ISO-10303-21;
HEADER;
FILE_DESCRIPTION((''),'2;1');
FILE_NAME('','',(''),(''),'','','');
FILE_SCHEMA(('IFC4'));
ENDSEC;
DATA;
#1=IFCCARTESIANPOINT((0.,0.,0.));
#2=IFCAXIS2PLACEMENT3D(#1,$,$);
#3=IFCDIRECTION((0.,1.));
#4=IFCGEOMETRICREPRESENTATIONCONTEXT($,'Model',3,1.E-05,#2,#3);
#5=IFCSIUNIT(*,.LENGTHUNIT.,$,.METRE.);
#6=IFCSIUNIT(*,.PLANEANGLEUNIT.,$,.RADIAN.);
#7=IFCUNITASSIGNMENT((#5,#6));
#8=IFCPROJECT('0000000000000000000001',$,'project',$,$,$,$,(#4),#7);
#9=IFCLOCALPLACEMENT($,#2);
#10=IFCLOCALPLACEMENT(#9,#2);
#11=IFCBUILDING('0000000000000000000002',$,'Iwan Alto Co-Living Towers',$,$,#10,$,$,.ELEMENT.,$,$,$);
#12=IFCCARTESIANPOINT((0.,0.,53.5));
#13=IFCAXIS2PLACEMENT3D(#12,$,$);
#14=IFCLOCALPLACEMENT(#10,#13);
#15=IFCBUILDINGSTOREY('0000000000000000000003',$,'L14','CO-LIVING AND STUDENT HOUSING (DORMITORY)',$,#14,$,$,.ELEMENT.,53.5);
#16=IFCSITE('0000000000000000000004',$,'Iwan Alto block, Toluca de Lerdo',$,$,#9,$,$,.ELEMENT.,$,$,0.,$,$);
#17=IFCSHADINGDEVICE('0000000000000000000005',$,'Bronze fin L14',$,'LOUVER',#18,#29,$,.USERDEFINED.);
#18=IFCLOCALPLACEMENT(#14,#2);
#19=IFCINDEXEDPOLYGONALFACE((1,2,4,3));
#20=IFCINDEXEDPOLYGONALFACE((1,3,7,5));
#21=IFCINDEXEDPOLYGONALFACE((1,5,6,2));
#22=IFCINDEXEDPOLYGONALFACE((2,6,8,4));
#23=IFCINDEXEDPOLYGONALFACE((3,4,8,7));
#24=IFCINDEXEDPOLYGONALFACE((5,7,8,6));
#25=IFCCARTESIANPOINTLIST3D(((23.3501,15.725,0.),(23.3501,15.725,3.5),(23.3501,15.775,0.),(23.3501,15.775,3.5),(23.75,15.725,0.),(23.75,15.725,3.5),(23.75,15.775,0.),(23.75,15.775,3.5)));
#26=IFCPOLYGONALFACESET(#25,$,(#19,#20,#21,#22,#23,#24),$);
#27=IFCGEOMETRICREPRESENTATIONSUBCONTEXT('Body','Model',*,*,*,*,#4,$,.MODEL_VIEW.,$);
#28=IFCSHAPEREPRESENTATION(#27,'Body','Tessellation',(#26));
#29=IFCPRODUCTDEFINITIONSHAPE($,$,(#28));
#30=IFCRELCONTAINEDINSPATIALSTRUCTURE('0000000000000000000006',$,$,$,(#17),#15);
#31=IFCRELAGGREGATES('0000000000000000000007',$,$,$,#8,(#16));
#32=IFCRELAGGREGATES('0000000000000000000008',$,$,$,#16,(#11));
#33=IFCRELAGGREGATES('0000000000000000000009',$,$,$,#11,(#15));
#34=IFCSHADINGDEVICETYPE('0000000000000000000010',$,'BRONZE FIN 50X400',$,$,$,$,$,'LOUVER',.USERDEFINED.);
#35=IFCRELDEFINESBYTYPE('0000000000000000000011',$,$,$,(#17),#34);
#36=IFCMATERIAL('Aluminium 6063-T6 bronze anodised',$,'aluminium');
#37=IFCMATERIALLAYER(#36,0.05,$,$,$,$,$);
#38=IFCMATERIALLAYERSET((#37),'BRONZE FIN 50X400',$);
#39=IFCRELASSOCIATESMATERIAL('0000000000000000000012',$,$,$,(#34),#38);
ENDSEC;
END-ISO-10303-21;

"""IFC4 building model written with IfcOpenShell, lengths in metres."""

from ifc_helpers import new_model, si_unit, direction, frame, origin, origin_2d, place, context, subcontext, project, spatial, rectangle, extrude, material, layer, layer_set, type_object, element, save


model = new_model("IFC4")

# Units and contexts
model_context = context("Model", 3, precision=1e-05, world=origin(), true_north=direction((0.0, 1.0)))
body_context = subcontext(model_context, "Body", "Model", "MODEL_VIEW")
ifc_project = project(units=[si_unit("LENGTHUNIT", "METRE"), si_unit("PLANEANGLEUNIT", "RADIAN")], contexts=[model_context])

# Site, building, storey
site_placement = place(None, origin())
site = spatial("IfcSite", under=ifc_project, at=site_placement, Name="Iwan Alto block, Toluca de Lerdo", CompositionType="ELEMENT", RefElevation=0.0)
building_placement = place(site_placement, origin())
building = spatial("IfcBuilding", under=site, at=building_placement, Name="Iwan Alto Co-Living Towers", CompositionType="ELEMENT")
storey_placement = place(building_placement, frame((0.0, 0.0, 53.5)))
storey = spatial("IfcBuildingStorey", under=building, at=storey_placement, Name="L14", Description="CO-LIVING AND STUDENT HOUSING (DORMITORY)", CompositionType="ELEMENT", Elevation=53.5)

# Shading device
ifc_material_1 = material(Name="Aluminium 6063-T6 bronze anodised", Category="aluminium")
ifc_layer_1 = layer(ifc_material_1, 0.05)
ifc_layer_set_1 = layer_set([ifc_layer_1], Name="BRONZE FIN 50X400")
shading_device_type = type_object("IfcShadingDeviceType", Name="BRONZE FIN 50X400", ElementType="LOUVER", PredefinedType="USERDEFINED", material=ifc_layer_set_1)
shading_device_placement = place(storey_placement, frame((23.55, 15.75, 0.0), z_axis=(0.0, 0.0, 1.0), x_axis=(0.0, 1.0, 0.0)))
element("IfcShadingDevice", 1, at=shading_device_placement, inside=storey, type_object=shading_device_type, Name="Bronze fin L14", ObjectType="LOUVER", PredefinedType="USERDEFINED", context=body_context, shape_type="SweptSolid", body=[
    extrude(rectangle(XDim=0.05, YDim=0.3999, at=origin_2d()), origin(), (0.0, 0.0, 1.0), 3.5),
])

save(model, "model.ifc")
